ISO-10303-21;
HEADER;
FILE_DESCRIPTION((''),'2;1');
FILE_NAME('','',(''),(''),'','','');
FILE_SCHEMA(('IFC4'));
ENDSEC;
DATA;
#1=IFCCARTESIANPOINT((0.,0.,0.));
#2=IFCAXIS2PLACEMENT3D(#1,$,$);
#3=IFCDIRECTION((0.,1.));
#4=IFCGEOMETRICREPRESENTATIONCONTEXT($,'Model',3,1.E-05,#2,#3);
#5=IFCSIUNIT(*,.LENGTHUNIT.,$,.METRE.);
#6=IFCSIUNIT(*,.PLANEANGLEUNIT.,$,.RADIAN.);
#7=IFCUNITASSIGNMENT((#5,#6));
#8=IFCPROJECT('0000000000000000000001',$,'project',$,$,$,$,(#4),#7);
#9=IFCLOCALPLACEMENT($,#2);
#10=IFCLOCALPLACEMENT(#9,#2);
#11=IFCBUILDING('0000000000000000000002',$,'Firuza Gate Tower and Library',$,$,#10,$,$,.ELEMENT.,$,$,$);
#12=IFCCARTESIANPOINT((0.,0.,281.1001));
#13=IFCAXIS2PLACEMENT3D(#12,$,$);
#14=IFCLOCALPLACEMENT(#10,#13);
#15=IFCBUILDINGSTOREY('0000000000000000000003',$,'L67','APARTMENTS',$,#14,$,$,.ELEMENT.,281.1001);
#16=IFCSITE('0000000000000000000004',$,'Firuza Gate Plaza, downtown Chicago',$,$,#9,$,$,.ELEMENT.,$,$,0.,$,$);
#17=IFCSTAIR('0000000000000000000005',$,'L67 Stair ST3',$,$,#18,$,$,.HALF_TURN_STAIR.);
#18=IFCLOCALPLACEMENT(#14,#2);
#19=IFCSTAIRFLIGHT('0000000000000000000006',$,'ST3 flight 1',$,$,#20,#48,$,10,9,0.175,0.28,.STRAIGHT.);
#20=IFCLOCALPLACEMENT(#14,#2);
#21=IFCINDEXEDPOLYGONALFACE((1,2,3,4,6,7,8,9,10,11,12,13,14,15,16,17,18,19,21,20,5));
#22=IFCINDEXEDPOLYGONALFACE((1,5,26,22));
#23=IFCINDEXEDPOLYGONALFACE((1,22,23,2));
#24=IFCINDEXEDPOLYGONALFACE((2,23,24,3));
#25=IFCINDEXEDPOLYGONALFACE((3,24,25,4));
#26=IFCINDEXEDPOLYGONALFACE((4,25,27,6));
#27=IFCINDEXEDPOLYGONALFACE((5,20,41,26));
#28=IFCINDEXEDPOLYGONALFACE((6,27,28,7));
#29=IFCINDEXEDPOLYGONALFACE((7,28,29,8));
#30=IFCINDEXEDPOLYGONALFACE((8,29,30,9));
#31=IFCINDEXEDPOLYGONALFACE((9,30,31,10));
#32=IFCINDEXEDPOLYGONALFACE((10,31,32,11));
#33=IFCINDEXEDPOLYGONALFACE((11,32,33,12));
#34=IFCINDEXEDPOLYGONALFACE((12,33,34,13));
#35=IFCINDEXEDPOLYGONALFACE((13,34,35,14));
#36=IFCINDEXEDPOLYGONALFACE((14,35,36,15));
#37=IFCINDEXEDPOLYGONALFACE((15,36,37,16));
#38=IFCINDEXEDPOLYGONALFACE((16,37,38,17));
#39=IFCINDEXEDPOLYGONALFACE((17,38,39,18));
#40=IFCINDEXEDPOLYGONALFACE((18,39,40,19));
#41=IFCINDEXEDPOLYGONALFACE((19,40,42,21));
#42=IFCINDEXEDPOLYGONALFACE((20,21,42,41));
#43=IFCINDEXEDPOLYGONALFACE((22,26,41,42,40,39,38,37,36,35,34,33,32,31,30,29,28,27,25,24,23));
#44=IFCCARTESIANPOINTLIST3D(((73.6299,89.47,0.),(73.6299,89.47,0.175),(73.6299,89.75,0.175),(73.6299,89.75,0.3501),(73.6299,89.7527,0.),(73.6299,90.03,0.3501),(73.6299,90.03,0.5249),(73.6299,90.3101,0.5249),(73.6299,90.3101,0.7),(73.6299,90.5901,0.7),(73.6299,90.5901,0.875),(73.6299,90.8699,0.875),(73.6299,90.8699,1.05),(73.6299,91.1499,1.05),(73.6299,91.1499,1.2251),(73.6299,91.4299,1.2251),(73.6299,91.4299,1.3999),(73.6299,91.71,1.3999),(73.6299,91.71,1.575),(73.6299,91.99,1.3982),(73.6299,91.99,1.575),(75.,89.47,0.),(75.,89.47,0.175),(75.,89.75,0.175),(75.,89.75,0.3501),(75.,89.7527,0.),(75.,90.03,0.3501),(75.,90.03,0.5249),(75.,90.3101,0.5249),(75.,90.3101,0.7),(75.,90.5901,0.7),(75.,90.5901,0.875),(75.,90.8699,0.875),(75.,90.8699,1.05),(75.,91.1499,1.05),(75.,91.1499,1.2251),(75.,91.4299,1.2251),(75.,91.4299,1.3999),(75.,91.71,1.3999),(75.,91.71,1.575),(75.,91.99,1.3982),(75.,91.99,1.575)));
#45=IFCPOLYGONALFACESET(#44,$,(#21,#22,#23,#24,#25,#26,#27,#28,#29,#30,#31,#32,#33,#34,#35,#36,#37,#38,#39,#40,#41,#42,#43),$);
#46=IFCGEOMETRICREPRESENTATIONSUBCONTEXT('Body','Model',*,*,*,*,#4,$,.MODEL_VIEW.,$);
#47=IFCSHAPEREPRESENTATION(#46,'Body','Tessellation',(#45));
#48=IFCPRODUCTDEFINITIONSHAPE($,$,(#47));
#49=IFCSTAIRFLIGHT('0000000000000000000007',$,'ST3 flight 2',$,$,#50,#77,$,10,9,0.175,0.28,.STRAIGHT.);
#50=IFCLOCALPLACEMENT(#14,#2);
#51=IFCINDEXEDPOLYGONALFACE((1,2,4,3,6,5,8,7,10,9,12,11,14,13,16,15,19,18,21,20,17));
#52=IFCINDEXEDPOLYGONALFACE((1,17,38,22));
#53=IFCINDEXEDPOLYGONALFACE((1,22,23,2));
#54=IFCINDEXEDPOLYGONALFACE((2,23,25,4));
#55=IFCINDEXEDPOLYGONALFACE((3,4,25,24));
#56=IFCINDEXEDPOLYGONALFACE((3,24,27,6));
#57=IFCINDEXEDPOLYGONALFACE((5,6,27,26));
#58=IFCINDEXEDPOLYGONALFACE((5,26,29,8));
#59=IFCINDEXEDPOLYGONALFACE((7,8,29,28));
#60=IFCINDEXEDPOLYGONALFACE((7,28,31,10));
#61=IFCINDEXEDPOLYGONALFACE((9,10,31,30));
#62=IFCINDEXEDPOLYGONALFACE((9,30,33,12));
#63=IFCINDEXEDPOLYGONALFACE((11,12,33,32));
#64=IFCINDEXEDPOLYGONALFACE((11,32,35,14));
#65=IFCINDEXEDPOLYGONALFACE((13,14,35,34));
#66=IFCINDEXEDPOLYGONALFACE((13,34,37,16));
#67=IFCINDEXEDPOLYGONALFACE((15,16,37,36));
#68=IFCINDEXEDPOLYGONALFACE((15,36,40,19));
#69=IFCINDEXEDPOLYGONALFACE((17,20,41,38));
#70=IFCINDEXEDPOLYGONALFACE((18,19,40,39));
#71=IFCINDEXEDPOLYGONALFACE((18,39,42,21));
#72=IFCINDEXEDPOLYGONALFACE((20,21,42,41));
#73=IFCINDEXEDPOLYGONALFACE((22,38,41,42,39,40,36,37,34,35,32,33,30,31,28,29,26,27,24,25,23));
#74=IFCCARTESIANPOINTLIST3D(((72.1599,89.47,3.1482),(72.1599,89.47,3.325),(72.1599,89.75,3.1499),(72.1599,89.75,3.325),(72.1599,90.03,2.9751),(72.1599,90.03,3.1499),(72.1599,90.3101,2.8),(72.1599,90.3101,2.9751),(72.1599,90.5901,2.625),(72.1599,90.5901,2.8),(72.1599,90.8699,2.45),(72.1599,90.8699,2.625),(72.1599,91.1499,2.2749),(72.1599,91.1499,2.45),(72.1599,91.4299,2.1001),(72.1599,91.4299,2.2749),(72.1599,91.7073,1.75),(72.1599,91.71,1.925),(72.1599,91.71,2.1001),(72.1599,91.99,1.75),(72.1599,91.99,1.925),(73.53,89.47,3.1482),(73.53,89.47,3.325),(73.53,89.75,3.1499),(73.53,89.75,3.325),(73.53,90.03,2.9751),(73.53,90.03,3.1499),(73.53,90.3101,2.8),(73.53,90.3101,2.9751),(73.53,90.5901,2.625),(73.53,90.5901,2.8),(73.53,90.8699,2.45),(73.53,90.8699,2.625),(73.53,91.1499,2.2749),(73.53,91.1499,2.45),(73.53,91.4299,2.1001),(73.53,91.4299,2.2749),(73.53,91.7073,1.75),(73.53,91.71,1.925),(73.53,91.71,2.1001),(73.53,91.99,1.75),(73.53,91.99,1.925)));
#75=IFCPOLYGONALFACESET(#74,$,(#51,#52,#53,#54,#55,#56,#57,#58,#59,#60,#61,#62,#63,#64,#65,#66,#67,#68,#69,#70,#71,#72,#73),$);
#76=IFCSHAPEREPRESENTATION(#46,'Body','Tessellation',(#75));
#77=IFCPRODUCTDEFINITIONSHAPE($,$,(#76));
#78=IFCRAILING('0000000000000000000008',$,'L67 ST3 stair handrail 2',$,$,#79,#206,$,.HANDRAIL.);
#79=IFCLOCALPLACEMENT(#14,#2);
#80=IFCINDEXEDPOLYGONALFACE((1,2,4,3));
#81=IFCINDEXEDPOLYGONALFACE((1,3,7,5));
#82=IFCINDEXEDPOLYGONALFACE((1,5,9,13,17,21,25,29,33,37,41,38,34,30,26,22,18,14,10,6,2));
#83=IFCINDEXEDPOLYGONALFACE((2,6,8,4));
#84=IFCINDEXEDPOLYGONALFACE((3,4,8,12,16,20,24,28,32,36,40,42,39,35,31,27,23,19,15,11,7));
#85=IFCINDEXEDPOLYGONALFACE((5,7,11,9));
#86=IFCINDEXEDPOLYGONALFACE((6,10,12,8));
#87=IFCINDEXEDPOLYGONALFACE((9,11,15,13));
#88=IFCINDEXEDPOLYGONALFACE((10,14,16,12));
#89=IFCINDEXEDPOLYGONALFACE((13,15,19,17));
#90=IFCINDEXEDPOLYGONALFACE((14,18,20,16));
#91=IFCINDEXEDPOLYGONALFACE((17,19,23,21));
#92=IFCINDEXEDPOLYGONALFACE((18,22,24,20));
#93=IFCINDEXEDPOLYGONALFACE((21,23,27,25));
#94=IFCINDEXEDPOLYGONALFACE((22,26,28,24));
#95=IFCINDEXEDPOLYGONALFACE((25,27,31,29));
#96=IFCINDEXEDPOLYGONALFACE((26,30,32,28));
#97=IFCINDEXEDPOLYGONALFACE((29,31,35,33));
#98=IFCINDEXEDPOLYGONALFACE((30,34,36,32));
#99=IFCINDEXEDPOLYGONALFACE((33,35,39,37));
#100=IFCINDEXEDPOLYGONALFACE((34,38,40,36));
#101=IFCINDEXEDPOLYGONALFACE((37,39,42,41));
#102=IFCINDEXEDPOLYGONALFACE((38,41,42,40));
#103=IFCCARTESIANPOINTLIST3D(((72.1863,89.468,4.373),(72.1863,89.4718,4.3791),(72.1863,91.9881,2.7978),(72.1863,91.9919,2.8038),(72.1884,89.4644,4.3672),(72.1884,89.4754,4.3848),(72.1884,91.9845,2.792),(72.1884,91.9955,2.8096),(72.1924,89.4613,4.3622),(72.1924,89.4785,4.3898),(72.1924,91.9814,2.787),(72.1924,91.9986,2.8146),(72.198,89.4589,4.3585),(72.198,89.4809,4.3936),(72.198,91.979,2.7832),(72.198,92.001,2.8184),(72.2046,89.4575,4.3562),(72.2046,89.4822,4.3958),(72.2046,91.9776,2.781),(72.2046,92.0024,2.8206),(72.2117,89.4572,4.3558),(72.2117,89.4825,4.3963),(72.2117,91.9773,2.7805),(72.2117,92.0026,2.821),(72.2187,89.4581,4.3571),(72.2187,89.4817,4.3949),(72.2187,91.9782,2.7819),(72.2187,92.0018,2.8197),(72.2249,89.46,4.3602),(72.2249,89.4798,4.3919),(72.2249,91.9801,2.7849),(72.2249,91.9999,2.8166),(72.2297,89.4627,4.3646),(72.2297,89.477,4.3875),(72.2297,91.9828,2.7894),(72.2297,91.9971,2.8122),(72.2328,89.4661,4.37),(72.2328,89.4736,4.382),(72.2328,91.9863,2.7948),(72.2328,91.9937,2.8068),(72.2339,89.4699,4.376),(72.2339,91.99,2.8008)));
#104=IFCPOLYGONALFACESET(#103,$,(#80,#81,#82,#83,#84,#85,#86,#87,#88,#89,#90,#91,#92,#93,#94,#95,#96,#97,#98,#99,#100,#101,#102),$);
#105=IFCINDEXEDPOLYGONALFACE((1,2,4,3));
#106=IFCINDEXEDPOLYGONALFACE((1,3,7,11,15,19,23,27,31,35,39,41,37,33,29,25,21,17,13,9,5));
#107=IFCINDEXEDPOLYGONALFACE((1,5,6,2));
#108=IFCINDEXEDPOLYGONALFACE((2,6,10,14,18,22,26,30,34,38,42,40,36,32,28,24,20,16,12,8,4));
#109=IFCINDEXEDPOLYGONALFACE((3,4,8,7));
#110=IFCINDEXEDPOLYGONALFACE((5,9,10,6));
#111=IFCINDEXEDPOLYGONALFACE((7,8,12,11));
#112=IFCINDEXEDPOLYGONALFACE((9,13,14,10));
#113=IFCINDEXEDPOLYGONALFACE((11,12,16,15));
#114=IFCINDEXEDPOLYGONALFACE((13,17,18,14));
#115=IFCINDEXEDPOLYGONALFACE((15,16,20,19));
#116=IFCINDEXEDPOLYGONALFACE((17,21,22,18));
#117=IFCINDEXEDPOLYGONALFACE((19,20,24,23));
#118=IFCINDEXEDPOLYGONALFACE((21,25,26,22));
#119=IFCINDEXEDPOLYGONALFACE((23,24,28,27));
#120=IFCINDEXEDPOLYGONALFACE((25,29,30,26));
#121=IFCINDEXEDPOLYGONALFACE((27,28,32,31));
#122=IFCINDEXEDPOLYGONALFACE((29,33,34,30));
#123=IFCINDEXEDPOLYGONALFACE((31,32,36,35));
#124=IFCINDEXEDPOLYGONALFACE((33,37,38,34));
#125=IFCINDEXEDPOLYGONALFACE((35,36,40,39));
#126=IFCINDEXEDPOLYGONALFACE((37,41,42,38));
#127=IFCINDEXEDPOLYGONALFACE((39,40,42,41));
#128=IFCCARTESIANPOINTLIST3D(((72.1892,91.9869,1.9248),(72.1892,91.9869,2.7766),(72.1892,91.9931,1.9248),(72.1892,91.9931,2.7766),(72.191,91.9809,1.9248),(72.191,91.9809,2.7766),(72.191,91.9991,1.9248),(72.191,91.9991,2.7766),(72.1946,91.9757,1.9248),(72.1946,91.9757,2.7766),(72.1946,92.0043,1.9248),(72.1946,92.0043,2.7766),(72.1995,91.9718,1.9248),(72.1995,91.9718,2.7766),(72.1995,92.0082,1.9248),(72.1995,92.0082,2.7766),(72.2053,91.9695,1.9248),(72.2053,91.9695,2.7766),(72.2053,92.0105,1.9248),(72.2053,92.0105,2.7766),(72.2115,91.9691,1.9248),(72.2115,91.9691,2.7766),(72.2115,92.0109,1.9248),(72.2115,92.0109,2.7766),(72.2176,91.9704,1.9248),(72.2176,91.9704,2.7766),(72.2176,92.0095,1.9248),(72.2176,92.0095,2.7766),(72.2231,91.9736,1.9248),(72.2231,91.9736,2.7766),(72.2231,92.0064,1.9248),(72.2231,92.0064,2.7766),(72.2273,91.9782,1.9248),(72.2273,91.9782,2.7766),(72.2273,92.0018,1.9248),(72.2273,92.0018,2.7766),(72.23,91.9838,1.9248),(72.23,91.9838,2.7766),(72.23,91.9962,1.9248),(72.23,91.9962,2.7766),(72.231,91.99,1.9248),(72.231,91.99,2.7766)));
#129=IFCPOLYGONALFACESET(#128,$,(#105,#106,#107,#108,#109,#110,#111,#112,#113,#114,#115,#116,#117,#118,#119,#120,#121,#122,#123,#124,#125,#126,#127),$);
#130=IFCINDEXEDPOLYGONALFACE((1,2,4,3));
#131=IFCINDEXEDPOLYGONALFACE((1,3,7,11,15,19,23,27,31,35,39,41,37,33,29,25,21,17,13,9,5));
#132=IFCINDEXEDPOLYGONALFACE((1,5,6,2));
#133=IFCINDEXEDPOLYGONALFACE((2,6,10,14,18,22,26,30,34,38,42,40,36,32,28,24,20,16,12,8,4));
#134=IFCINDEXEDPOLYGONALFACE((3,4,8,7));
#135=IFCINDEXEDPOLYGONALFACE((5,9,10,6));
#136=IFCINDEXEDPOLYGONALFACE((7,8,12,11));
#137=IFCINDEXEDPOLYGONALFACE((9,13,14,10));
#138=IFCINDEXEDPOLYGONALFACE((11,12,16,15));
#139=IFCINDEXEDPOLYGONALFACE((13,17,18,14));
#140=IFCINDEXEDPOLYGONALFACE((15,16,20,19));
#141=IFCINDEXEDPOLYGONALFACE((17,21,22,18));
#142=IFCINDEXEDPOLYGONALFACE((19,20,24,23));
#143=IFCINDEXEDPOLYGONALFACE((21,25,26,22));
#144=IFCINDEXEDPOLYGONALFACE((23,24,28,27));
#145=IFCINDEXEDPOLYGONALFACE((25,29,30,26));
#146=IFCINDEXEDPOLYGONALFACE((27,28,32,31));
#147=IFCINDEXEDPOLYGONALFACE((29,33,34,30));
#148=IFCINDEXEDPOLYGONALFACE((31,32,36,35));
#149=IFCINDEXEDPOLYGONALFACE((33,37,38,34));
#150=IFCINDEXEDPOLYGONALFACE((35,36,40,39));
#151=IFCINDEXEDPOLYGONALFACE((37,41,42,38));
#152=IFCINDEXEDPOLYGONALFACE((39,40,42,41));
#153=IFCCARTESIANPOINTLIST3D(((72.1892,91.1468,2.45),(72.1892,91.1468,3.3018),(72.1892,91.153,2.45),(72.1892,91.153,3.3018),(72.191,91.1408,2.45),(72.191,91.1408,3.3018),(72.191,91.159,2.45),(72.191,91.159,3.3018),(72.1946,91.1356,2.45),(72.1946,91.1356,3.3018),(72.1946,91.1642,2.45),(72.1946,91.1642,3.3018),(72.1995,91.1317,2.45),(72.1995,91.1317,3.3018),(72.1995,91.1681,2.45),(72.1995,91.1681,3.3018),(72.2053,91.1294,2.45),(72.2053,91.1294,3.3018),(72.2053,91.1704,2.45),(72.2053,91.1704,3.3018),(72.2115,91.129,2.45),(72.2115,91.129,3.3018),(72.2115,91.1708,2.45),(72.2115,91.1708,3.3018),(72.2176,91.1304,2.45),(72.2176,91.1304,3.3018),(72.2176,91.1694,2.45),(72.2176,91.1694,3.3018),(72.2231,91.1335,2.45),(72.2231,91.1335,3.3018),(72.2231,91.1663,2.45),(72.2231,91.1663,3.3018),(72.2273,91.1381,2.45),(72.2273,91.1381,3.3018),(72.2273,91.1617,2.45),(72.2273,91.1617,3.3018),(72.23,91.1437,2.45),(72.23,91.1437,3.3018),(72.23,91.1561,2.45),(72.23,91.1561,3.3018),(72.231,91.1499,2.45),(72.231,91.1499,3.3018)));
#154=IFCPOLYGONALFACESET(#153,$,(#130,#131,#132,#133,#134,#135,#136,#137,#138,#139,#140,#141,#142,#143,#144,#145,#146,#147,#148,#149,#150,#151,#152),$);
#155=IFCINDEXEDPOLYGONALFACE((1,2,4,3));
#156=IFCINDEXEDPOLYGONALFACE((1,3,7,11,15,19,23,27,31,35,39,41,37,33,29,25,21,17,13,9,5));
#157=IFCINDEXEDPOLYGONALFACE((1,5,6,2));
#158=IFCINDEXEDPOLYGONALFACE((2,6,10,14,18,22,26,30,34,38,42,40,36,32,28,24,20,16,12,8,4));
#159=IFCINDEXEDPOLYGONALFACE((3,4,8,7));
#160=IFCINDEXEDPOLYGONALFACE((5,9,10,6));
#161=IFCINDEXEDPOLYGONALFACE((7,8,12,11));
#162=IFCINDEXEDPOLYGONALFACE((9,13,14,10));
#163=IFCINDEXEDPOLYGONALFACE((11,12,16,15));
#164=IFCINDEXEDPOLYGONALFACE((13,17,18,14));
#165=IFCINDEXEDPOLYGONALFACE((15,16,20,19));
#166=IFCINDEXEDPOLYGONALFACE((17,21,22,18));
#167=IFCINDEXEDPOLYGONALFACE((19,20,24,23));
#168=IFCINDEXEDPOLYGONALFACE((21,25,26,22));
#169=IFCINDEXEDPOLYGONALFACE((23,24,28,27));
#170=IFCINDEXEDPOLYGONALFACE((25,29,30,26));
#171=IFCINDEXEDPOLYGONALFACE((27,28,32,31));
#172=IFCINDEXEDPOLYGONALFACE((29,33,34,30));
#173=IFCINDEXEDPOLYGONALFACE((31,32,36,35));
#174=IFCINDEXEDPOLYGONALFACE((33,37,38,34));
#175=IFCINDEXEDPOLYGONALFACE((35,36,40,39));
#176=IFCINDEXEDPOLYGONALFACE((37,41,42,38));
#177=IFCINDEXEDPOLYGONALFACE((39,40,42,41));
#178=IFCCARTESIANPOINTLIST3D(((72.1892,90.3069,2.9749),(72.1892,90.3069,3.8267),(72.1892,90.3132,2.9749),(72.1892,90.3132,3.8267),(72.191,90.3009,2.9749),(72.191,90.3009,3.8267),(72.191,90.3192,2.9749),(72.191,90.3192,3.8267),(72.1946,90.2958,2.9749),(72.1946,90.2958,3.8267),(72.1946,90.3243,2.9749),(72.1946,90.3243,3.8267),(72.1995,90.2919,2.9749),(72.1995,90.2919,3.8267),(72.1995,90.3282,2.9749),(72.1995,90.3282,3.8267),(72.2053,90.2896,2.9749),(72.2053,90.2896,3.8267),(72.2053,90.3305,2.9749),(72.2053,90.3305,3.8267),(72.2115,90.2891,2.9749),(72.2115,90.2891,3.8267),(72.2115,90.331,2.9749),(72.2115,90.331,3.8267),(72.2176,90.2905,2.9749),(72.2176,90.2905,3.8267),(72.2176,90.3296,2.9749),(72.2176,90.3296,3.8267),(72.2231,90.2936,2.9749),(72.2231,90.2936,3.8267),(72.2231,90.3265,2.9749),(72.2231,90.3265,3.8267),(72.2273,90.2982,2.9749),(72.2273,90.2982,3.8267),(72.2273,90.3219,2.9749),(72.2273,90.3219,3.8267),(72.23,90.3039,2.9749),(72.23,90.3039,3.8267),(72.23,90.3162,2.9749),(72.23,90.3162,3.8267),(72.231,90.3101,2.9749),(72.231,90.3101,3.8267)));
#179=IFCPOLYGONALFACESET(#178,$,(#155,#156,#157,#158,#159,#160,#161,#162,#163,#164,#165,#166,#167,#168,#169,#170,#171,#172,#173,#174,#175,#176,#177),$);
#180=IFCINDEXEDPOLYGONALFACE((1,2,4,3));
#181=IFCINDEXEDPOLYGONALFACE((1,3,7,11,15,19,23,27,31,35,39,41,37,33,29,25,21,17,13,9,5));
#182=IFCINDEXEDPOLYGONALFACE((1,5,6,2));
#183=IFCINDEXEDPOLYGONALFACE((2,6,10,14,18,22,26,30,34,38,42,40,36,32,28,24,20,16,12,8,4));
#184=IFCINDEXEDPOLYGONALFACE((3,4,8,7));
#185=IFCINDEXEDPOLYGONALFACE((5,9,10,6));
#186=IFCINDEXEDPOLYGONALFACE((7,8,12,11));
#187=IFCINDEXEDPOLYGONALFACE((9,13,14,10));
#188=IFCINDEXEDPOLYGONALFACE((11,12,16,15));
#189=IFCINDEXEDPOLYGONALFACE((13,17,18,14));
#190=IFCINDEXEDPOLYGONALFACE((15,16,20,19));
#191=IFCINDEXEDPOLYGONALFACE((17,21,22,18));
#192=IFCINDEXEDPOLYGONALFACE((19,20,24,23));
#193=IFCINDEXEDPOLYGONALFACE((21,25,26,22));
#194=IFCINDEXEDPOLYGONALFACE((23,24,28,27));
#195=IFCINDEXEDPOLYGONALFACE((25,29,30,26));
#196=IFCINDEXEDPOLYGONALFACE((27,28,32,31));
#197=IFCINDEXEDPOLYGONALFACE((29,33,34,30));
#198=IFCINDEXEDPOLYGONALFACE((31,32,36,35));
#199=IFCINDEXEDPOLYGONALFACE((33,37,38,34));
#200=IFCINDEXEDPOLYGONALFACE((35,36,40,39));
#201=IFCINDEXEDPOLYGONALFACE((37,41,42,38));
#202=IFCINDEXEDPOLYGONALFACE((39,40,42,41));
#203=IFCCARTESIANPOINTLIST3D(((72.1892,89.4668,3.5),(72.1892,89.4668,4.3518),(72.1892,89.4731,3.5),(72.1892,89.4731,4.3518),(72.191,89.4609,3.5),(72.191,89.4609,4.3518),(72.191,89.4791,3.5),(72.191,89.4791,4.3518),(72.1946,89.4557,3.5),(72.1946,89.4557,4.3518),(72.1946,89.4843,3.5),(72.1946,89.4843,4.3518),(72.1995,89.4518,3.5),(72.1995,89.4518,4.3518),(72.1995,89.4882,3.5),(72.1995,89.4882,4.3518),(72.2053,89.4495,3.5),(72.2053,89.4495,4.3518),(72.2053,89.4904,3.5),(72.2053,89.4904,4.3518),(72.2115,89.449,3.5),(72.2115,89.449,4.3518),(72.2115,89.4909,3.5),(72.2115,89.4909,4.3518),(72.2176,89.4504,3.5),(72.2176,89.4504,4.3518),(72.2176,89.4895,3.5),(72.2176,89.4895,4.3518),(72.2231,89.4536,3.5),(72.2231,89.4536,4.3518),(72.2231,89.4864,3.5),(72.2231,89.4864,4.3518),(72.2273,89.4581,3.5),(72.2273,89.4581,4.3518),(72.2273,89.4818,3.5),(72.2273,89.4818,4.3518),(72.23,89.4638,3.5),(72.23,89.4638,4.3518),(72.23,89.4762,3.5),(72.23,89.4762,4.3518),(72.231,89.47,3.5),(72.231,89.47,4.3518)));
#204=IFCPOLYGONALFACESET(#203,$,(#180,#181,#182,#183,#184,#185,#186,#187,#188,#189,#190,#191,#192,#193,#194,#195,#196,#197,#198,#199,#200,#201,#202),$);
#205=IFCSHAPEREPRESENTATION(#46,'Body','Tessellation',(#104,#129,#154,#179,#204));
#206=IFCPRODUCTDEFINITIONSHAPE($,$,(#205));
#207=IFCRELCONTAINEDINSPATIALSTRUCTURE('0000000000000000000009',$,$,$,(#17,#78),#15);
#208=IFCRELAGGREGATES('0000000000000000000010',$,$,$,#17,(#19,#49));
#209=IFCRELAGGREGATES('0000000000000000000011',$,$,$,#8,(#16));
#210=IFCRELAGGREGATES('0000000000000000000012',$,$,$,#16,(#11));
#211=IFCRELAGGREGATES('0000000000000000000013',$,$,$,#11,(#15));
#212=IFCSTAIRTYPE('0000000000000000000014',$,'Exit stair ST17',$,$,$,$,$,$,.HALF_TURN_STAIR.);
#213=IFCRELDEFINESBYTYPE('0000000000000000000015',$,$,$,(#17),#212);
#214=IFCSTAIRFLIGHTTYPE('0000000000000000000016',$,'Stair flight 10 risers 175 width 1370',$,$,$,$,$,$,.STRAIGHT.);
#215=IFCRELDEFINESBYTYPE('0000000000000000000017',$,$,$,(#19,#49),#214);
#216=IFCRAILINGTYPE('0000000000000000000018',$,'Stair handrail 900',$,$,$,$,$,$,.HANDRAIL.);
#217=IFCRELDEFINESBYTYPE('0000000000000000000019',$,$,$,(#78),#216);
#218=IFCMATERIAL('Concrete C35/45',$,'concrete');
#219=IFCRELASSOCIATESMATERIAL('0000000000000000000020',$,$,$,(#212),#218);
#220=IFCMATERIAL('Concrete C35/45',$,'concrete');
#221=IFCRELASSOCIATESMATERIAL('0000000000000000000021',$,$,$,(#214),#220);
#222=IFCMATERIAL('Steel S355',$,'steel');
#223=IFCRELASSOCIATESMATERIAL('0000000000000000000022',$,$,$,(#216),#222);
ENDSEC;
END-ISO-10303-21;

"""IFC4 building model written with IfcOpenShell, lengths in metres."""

from ifc_helpers import new_model, si_unit, direction, frame, origin, origin_2d, place, context, subcontext, project, spatial, polyline, circle, outline, extrude, material, type_object, element, aggregate, save


model = new_model("IFC4")

# Units and contexts
model_context = context("Model", 3, precision=1e-05, world=origin(), true_north=direction((0.0, 1.0)))
body_context = subcontext(model_context, "Body", "Model", "MODEL_VIEW")
ifc_project = project(units=[si_unit("LENGTHUNIT", "METRE"), si_unit("PLANEANGLEUNIT", "RADIAN")], contexts=[model_context])

# Site, building, storey
site_placement = place(None, origin())
site = spatial("IfcSite", under=ifc_project, at=site_placement, Name="Firuza Gate Plaza, downtown Chicago", CompositionType="ELEMENT", RefElevation=0.0)
building_placement = place(site_placement, origin())
building = spatial("IfcBuilding", under=site, at=building_placement, Name="Firuza Gate Tower and Library", CompositionType="ELEMENT")
storey_placement = place(building_placement, frame((0.0, 0.0, 281.1001)))
storey = spatial("IfcBuildingStorey", under=building, at=storey_placement, Name="L67", Description="APARTMENTS", CompositionType="ELEMENT", Elevation=281.1001)

# Shared definitions
placement = place(storey_placement, origin())

# Stair, stair flights
ifc_material_1 = material(Name="Concrete C35/45", Category="concrete")
stair_type = type_object("IfcStairType", Name="Exit stair ST17", PredefinedType="HALF_TURN_STAIR", material=ifc_material_1)
stair = element("IfcStair", 1, at=placement, inside=storey, type_object=stair_type, Name="L67 Stair ST3", PredefinedType="HALF_TURN_STAIR")
ifc_material_2 = material(Name="Concrete C35/45", Category="concrete")
stair_flight_type = type_object("IfcStairFlightType", Name="Stair flight 10 risers 175 width 1370", PredefinedType="STRAIGHT", material=ifc_material_2)
stair_flight_1_placement = place(storey_placement, frame((74.3149, 89.47, 0.0), z_axis=(0.0, 0.0, 1.0), x_axis=(0.0, 1.0, 0.0)))
stair_flight_1 = element("IfcStairFlight", 2, at=stair_flight_1_placement, type_object=stair_flight_type, Name="ST3 flight 1", NumberOfRisers=10, NumberOfTreads=9, PredefinedType="STRAIGHT", RiserHeight=0.175, TreadLength=0.28, context=body_context, shape_type="SweptSolid", body=[
    extrude(outline(polyline([(0.0, 0.0), (0.0, 0.175), (0.28, 0.175), (0.28, 0.3501), (0.5601, 0.3501), (0.5601, 0.5249), (0.8401, 0.5249), (0.8401, 0.7), (1.1201, 0.7), (1.1201, 0.875), (1.3999, 0.875), (1.3999, 1.05), (1.6799, 1.05), (1.6799, 1.2251), (1.96, 1.2251), (1.96, 1.3999), (2.24, 1.3999), (2.24, 1.575), (2.52, 1.575), (2.52, 1.75), (2.52, 1.3982), (0.2827, 0.0), (0.0, 0.0)])), frame((0.0, 0.6851, 0.0), z_axis=(0.0, -1.0, 0.0), x_axis=(1.0, 0.0, 0.0)), (0.0, 0.0, 1.0), 1.3701),
])
stair_flight_2_placement = place(storey_placement, frame((72.845, 91.99, 1.75), z_axis=(0.0, 0.0, 1.0), x_axis=(0.0, -1.0, 0.0)))
stair_flight_2 = element("IfcStairFlight", 3, at=stair_flight_2_placement, type_object=stair_flight_type, Name="ST3 flight 2", NumberOfRisers=10, NumberOfTreads=9, PredefinedType="STRAIGHT", RiserHeight=0.175, TreadLength=0.28, context=body_context, shape_type="SweptSolid", body=[
    extrude(outline(polyline([(0.0, 0.0), (0.0, 0.175), (0.28, 0.175), (0.28, 0.3501), (0.5601, 0.3501), (0.5601, 0.5249), (0.8401, 0.5249), (0.8401, 0.7), (1.1201, 0.7), (1.1201, 0.875), (1.3999, 0.875), (1.3999, 1.05), (1.6799, 1.05), (1.6799, 1.2251), (1.96, 1.2251), (1.96, 1.3999), (2.24, 1.3999), (2.24, 1.575), (2.52, 1.575), (2.52, 1.75), (2.52, 1.3982), (0.2827, 0.0), (0.0, 0.0)])), frame((0.0, 0.6851, 0.0), z_axis=(0.0, -1.0, 0.0), x_axis=(1.0, 0.0, 0.0)), (0.0, 0.0, 1.0), 1.3701),
])
aggregate(stair, [stair_flight_1, stair_flight_2])

# Railing
ifc_material_3 = material(Name="Steel S355", Category="steel")
railing_type_1 = type_object("IfcRailingType", Name="Stair handrail 900", PredefinedType="HANDRAIL", material=ifc_material_3)
railing_1_placement = place(storey_placement, frame((72.21, 91.99, 1.9248)))
element("IfcRailing", 4, at=railing_1_placement, inside=storey, type_object=railing_type_1, Name="L67 ST3 stair handrail 2", PredefinedType="HANDRAIL", context=body_context, shape_type="SweptSolid", body=[
    extrude(circle(Radius=0.0239, at=origin_2d()), frame((0.0, 0.0, 0.876), z_axis=(0.0, -0.847971, 0.530043), x_axis=(1.0, 0.0, 0.0)), (0.0, 0.0, 1.0), 2.9719),
    extrude(circle(Radius=0.021, at=origin_2d()), origin(), (0.0, 0.0, 1.0), 0.8518),
    extrude(circle(Radius=0.021, at=origin_2d()), frame((0.0, -0.8401, 0.5251)), (0.0, 0.0, 1.0), 0.8518),
    extrude(circle(Radius=0.021, at=origin_2d()), frame((0.0, -1.6799, 1.05)), (0.0, 0.0, 1.0), 0.8518),
    extrude(circle(Radius=0.021, at=origin_2d()), frame((0.0, -2.52, 1.5752)), (0.0, 0.0, 1.0), 0.8518),
])

save(model, "model.ifc")
